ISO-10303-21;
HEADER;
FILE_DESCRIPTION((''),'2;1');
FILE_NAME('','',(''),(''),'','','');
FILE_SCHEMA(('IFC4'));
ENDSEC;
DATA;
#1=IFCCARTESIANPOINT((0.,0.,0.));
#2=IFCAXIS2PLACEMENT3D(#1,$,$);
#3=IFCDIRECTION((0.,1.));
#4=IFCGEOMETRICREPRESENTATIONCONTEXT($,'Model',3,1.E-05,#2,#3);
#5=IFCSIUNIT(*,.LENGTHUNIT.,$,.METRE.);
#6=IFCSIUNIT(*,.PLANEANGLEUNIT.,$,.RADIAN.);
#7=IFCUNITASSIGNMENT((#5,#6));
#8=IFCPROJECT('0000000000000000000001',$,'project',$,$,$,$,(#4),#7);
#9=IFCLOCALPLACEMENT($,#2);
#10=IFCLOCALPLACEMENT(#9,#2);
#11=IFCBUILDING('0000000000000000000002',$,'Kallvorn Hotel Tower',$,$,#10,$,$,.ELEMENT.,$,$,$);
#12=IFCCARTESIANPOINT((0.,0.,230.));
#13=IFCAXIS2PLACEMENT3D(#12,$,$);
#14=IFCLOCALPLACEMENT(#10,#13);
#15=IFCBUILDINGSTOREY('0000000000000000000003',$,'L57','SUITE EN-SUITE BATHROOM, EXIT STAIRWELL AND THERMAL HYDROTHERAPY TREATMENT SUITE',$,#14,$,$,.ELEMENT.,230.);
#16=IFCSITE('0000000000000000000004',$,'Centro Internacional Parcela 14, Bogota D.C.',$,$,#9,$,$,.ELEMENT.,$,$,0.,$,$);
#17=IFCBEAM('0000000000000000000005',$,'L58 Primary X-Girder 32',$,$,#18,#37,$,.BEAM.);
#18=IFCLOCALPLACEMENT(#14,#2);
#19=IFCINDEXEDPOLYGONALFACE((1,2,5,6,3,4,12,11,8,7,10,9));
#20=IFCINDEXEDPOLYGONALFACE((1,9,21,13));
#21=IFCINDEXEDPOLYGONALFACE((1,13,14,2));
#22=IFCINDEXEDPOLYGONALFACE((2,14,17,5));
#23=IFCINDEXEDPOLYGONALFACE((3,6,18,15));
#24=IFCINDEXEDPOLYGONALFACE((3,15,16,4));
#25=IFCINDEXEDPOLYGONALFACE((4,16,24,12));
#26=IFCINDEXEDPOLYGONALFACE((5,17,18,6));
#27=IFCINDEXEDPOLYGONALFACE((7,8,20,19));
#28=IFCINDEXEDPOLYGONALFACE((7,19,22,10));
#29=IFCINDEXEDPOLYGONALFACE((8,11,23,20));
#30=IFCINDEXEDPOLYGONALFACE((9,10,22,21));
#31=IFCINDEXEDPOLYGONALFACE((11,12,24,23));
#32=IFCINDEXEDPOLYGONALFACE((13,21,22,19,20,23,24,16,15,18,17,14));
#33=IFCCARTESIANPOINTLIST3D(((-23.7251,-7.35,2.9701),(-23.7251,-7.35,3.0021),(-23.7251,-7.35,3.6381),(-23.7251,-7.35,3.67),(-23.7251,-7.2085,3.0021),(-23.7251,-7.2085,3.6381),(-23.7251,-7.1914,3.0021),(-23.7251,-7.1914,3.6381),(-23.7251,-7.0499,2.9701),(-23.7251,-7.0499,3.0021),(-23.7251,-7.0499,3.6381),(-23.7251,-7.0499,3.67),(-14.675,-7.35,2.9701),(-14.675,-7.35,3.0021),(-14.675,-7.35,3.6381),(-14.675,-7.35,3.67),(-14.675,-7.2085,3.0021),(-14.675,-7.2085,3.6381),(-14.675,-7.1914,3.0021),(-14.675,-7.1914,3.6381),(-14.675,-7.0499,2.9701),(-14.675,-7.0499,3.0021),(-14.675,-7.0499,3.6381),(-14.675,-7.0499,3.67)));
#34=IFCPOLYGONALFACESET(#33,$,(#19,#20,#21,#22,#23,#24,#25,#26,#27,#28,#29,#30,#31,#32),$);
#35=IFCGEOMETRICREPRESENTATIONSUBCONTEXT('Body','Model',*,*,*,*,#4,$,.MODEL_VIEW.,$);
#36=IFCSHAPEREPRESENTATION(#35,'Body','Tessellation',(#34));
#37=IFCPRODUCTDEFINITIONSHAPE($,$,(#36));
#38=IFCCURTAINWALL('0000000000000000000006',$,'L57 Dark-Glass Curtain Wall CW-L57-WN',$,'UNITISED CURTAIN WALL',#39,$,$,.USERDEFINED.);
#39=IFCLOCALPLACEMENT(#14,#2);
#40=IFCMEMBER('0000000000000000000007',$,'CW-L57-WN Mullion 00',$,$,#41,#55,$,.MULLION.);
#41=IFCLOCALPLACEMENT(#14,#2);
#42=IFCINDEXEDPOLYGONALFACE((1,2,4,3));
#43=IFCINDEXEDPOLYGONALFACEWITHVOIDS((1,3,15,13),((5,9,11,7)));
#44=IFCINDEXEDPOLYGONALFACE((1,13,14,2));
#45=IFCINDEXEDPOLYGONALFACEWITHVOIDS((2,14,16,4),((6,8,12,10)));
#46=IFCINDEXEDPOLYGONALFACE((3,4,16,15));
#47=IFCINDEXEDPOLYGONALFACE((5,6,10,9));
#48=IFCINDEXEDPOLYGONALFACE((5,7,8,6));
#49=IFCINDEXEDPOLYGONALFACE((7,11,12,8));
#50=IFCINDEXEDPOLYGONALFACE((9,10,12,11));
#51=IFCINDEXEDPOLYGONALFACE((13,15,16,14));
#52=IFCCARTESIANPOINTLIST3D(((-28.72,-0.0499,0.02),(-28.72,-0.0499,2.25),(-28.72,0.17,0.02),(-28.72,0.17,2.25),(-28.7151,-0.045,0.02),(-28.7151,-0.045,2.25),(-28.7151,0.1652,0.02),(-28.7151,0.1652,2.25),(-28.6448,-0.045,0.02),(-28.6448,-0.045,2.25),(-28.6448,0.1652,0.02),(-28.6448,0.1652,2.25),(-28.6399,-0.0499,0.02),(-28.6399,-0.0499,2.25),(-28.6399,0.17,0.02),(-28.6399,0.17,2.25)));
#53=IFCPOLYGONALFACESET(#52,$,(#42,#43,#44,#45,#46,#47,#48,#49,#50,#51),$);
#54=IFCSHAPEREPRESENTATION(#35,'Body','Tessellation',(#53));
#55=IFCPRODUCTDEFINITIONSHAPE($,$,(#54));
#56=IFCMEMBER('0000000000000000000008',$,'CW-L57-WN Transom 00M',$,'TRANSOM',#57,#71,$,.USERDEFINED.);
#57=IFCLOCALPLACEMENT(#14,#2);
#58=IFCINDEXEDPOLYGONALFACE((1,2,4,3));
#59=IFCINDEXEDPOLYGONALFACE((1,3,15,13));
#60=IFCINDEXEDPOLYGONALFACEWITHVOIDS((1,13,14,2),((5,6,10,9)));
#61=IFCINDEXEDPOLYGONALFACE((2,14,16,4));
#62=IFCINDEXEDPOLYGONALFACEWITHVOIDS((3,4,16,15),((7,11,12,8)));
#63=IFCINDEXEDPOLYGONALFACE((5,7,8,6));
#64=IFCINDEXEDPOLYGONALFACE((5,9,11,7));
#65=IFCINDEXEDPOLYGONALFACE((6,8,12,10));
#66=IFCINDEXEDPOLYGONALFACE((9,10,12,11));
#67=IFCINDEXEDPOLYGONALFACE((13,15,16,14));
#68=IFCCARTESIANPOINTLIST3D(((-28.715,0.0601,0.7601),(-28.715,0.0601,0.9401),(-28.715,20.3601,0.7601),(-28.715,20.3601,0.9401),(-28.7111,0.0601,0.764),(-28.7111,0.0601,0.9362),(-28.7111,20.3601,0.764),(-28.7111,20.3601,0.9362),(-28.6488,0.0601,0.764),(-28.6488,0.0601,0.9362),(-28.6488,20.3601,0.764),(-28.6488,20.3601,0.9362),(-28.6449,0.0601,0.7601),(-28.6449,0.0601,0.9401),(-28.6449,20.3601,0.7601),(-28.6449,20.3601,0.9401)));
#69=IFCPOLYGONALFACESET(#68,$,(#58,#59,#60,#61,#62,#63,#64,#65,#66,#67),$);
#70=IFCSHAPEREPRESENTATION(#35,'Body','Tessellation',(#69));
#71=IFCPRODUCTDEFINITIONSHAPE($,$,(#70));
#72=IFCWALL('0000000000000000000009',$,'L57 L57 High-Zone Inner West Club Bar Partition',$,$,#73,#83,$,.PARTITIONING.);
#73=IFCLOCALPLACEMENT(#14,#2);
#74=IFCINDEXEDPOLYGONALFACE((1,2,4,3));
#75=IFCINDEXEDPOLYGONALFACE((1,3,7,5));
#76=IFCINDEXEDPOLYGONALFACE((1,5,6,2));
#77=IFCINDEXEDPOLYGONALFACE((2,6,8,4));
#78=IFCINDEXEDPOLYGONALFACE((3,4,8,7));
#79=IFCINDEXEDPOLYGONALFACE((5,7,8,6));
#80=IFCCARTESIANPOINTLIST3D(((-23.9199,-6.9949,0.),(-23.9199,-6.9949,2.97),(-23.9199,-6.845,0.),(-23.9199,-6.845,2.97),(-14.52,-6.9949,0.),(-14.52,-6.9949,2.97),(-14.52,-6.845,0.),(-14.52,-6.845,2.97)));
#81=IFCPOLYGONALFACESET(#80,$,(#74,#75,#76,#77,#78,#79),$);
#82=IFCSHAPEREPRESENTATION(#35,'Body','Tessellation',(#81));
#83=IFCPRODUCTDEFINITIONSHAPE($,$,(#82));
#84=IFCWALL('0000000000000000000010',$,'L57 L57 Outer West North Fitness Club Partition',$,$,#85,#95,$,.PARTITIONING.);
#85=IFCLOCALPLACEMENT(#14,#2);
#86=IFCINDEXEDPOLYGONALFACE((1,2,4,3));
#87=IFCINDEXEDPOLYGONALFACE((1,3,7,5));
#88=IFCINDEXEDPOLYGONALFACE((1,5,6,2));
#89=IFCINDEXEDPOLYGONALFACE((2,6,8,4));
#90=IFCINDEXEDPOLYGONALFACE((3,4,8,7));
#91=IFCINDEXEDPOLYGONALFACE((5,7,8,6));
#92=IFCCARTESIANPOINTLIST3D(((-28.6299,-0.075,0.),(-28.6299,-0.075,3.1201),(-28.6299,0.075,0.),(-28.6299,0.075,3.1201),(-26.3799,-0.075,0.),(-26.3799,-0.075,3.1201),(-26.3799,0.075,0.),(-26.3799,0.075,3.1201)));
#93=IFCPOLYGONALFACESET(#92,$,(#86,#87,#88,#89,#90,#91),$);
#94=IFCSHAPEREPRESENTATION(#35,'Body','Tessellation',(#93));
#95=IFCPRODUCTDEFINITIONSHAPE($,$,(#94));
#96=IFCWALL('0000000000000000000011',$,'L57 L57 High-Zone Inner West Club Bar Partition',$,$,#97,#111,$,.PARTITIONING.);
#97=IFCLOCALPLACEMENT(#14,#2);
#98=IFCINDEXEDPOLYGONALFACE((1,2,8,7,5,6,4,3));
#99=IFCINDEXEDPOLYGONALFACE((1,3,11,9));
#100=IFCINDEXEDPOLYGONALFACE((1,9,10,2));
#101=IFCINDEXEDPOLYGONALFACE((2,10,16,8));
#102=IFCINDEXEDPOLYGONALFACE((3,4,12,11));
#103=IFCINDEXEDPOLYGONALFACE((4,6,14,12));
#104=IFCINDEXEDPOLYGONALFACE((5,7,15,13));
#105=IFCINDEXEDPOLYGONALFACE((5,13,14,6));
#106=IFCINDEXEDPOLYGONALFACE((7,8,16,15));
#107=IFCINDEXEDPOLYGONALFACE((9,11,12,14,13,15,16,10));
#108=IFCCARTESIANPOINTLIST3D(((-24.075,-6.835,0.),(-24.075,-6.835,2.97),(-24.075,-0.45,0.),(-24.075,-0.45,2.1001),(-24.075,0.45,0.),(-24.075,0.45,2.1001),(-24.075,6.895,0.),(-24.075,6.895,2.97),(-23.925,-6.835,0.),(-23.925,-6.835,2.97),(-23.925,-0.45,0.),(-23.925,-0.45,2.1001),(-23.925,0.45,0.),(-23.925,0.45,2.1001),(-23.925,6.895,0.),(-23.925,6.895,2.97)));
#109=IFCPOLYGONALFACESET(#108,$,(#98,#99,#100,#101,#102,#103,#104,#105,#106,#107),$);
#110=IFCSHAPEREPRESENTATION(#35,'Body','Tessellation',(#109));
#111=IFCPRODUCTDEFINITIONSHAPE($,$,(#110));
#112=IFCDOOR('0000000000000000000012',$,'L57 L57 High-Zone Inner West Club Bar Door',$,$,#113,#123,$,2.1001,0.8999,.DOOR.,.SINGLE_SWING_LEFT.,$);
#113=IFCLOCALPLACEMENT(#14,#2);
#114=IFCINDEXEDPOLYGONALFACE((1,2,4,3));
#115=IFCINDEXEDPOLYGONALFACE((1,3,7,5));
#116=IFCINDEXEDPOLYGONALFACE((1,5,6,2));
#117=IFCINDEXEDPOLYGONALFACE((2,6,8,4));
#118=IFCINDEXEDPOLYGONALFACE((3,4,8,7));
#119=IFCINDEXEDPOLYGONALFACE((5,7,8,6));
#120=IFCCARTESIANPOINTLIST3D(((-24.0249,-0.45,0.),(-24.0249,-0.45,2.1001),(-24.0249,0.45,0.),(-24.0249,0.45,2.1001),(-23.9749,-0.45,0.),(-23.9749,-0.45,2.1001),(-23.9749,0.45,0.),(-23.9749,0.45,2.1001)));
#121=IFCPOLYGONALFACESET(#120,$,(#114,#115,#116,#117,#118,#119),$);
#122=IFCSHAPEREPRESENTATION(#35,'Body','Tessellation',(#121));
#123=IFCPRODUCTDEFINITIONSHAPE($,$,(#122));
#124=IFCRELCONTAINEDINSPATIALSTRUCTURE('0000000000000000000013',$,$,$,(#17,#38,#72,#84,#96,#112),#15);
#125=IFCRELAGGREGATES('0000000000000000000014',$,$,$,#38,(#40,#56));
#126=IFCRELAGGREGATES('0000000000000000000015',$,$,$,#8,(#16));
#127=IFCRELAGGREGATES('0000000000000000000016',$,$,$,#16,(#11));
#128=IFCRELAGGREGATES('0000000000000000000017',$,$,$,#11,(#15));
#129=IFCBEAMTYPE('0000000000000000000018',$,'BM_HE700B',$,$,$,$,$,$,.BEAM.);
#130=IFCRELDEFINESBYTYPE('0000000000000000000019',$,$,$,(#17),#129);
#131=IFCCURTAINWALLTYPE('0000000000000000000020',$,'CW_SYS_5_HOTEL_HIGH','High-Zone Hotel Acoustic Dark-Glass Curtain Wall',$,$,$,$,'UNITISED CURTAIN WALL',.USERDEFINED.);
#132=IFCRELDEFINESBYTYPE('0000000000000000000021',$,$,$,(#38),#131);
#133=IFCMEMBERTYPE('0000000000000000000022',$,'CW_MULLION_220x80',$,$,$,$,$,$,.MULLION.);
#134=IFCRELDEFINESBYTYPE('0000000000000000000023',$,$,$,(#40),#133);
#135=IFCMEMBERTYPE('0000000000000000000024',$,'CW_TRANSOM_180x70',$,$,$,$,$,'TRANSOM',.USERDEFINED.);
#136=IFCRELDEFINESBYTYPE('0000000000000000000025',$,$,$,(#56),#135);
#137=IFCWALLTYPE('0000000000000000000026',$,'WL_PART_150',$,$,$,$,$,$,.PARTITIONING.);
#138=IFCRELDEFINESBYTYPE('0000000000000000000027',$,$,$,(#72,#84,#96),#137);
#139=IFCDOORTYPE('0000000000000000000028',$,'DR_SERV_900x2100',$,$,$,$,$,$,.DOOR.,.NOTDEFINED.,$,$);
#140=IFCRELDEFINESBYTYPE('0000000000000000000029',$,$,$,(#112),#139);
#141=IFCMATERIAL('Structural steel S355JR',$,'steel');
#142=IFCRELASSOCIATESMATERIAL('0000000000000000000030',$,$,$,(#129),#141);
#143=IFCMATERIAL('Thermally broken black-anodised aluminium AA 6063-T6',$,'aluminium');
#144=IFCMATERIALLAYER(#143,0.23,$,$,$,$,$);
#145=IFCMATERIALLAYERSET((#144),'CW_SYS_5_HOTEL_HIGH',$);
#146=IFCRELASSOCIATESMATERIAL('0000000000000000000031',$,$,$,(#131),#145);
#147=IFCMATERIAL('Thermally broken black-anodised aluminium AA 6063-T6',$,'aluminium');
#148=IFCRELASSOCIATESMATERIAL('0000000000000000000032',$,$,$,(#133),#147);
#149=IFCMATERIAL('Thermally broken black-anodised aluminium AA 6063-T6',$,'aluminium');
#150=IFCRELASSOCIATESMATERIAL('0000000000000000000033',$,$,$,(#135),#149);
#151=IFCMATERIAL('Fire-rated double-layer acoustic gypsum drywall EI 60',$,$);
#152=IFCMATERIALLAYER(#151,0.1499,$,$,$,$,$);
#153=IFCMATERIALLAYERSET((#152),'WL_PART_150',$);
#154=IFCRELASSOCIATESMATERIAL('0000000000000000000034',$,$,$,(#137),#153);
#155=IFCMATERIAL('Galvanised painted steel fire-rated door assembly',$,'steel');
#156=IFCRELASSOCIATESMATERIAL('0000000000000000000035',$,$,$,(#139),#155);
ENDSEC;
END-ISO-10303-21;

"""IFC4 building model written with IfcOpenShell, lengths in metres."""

from ifc_helpers import new_model, si_unit, direction, frame, frame_2d, origin, origin_2d, place, context, subcontext, project, spatial, rectangle, hollow_rectangle, i_section, extrude, material, layer, layer_set, material_profile, profile_set, type_object, element, fill, aggregate, save


model = new_model("IFC4")

# Units and contexts
model_context = context("Model", 3, precision=1e-05, world=origin(), true_north=direction((0.0, 1.0)))
body_context = subcontext(model_context, "Body", "Model", "MODEL_VIEW")
ifc_project = project(units=[si_unit("LENGTHUNIT", "METRE"), si_unit("PLANEANGLEUNIT", "RADIAN")], contexts=[model_context])

# Site, building, storey
site_placement = place(None, origin())
site = spatial("IfcSite", under=ifc_project, at=site_placement, Name="Centro Internacional Parcela 14, Bogota D.C.", CompositionType="ELEMENT", RefElevation=0.0)
building_placement = place(site_placement, origin())
building = spatial("IfcBuilding", under=site, at=building_placement, Name="Kallvorn Hotel Tower", CompositionType="ELEMENT")
storey_placement = place(building_placement, frame((0.0, 0.0, 230.0)))
storey = spatial("IfcBuildingStorey", under=building, at=storey_placement, Name="L57", Description="SUITE EN-SUITE BATHROOM, EXIT STAIRWELL AND THERMAL HYDROTHERAPY TREATMENT SUITE", CompositionType="ELEMENT", Elevation=230.0)

# Beam
ifc_material_1 = material(Name="Structural steel S355JR", Category="steel")
ifc_material_profile_1 = material_profile(ifc_material_1, i_section(OverallWidth=0.3, OverallDepth=0.7, WebThickness=0.0171, FlangeThickness=0.032, at=origin_2d()), Name="HE 700 B")
ifc_profile_set_1 = profile_set([ifc_material_profile_1], Name="Structural steel S355JR")
beam_type_1 = type_object("IfcBeamType", Name="BM_HE700B", PredefinedType="BEAM", material=ifc_profile_set_1)
beam_1_placement = place(storey_placement, frame((-23.7251, -7.2, 3.3201), z_axis=(1.0, 0.0, 0.0), x_axis=(0.0, 1.0, 0.0)))
element("IfcBeam", 1, at=beam_1_placement, inside=storey, type_object=beam_type_1, Name="L58 Primary X-Girder 32", PredefinedType="BEAM", context=body_context, shape_type="SweptSolid", body=[
    extrude(i_section(OverallWidth=0.3, OverallDepth=0.7, WebThickness=0.0171, FlangeThickness=0.032, at=origin_2d()), origin(), (0.0, 0.0, 1.0), 9.05),
])

# Curtain wall, members
ifc_material_2 = material(Name="Thermally broken black-anodised aluminium AA 6063-T6", Category="aluminium")
ifc_layer_1 = layer(ifc_material_2, 0.23)
ifc_layer_set_1 = layer_set([ifc_layer_1], Name="CW_SYS_5_HOTEL_HIGH")
curtain_wall_type = type_object("IfcCurtainWallType", Name="CW_SYS_5_HOTEL_HIGH", Description="High-Zone Hotel Acoustic Dark-Glass Curtain Wall", ElementType="UNITISED CURTAIN WALL", PredefinedType="USERDEFINED", material=ifc_layer_set_1)
curtain_wall_placement = place(storey_placement, origin())
curtain_wall = element("IfcCurtainWall", 2, at=curtain_wall_placement, inside=storey, type_object=curtain_wall_type, Name="L57 Dark-Glass Curtain Wall CW-L57-WN", ObjectType="UNITISED CURTAIN WALL", PredefinedType="USERDEFINED")
ifc_material_3 = material(Name="Thermally broken black-anodised aluminium AA 6063-T6", Category="aluminium")
ifc_material_profile_2 = material_profile(ifc_material_3, hollow_rectangle(XDim=0.0801, YDim=0.22, WallThickness=0.0049, at=origin_2d()), Name="MUL 220x80")
ifc_profile_set_2 = profile_set([ifc_material_profile_2], Name="Thermally broken black-anodised aluminium AA 6063-T6")
member_type_1 = type_object("IfcMemberType", Name="CW_MULLION_220x80", PredefinedType="MULLION", material=ifc_profile_set_2)
member_1_placement = place(storey_placement, frame((-28.6799, 0.0601, 0.02), z_axis=(0.0, 0.0, 1.0), x_axis=(1.0, 0.0, 0.0)))
member_1 = element("IfcMember", 3, at=member_1_placement, type_object=member_type_1, Name="CW-L57-WN Mullion 00", PredefinedType="MULLION", context=body_context, shape_type="SweptSolid", body=[
    extrude(hollow_rectangle(XDim=0.0801, YDim=0.22, WallThickness=0.0049, at=origin_2d()), origin(), (0.0, 0.0, 1.0), 2.23),
])
ifc_material_4 = material(Name="Thermally broken black-anodised aluminium AA 6063-T6", Category="aluminium")
ifc_material_profile_3 = material_profile(ifc_material_4, hollow_rectangle(XDim=0.0701, YDim=0.1799, WallThickness=0.0039, at=origin_2d()), Name="TRN 180x70")
ifc_profile_set_3 = profile_set([ifc_material_profile_3], Name="Thermally broken black-anodised aluminium AA 6063-T6")
member_type_2 = type_object("IfcMemberType", Name="CW_TRANSOM_180x70", ElementType="TRANSOM", PredefinedType="USERDEFINED", material=ifc_profile_set_3)
member_2_placement = place(storey_placement, frame((-28.6799, 0.0601, 0.8501), z_axis=(0.0, 1.0, 0.0), x_axis=(-1.0, 0.0, 0.0)))
member_2 = element("IfcMember", 4, at=member_2_placement, type_object=member_type_2, Name="CW-L57-WN Transom 00M", ObjectType="TRANSOM", PredefinedType="USERDEFINED", context=body_context, shape_type="SweptSolid", body=[
    extrude(hollow_rectangle(XDim=0.0701, YDim=0.1799, WallThickness=0.0039, at=origin_2d()), origin(), (0.0, 0.0, 1.0), 20.3),
])
aggregate(curtain_wall, [member_1, member_2])

# Walls
ifc_material_5 = material(Name="Fire-rated double-layer acoustic gypsum drywall EI 60")
ifc_layer_2 = layer(ifc_material_5, 0.1499)
ifc_layer_set_2 = layer_set([ifc_layer_2], Name="WL_PART_150")
wall_type = type_object("IfcWallType", Name="WL_PART_150", PredefinedType="PARTITIONING", material=ifc_layer_set_2)
wall_1_placement = place(storey_placement, frame((-23.9199, -6.9199, 0.0), z_axis=(0.0, 0.0, 1.0), x_axis=(1.0, 0.0, 0.0)))
element("IfcWall", 5, at=wall_1_placement, inside=storey, type_object=wall_type, Name="L57 L57 High-Zone Inner West Club Bar Partition", PredefinedType="PARTITIONING", context=body_context, shape_type="SweptSolid", body=[
    extrude(rectangle(XDim=9.3999, YDim=0.1499, at=frame_2d((4.7, 0.0))), origin(), (0.0, 0.0, 1.0), 2.97),
])
wall_2_placement = place(storey_placement, frame((-28.6299, 0.0, 0.0), z_axis=(0.0, 0.0, 1.0), x_axis=(1.0, 0.0, 0.0)))
element("IfcWall", 6, at=wall_2_placement, inside=storey, type_object=wall_type, Name="L57 L57 Outer West North Fitness Club Partition", PredefinedType="PARTITIONING", context=body_context, shape_type="SweptSolid", body=[
    extrude(rectangle(XDim=2.25, YDim=0.1499, at=frame_2d((1.125, 0.0))), origin(), (0.0, 0.0, 1.0), 3.1201),
])

# Wall, opening, door
wall_3_placement = place(storey_placement, frame((-24.0, -6.835, 0.0), z_axis=(0.0, 0.0, 1.0), x_axis=(0.0, 1.0, 0.0)))
wall_3 = element("IfcWall", 7, at=wall_3_placement, inside=storey, type_object=wall_type, Name="L57 L57 High-Zone Inner West Club Bar Partition", PredefinedType="PARTITIONING", context=body_context, shape_type="SweptSolid", body=[
    extrude(rectangle(XDim=13.73, YDim=0.1499, at=frame_2d((6.865, 0.0))), origin(), (0.0, 0.0, 1.0), 2.97),
])
opening_placement = place(wall_3_placement, frame((6.385, 0.0, 0.0)))
opening = element("IfcOpeningElement", 8, at=opening_placement, cuts=wall_3, PredefinedType="OPENING", context=body_context, shape_type="SweptSolid", body=[
    extrude(rectangle(XDim=0.8999, YDim=2.1001, at=frame_2d((0.45, 1.05))), frame((0.0, 0.0898, 0.0), z_axis=(0.0, -1.0, 0.0), x_axis=(1.0, 0.0, 0.0)), (0.0, 0.0, 1.0), 0.1799),
])
ifc_material_6 = material(Name="Galvanised painted steel fire-rated door assembly", Category="steel")
door_type = type_object("IfcDoorType", Name="DR_SERV_900x2100", OperationType="NOTDEFINED", PredefinedType="DOOR", material=ifc_material_6)
door_placement = place(opening_placement, origin())
door = element("IfcDoor", 9, at=door_placement, inside=storey, type_object=door_type, Name="L57 L57 High-Zone Inner West Club Bar Door", OperationType="SINGLE_SWING_LEFT", OverallHeight=2.1001, OverallWidth=0.8999, PredefinedType="DOOR", context=body_context, shape_type="SweptSolid", body=[
    extrude(rectangle(XDim=0.8999, YDim=2.1001, at=frame_2d((0.45, 1.05))), frame((0.0, 0.0249, 0.0), z_axis=(0.0, -1.0, 0.0), x_axis=(1.0, 0.0, 0.0)), (0.0, 0.0, 1.0), 0.05),
])
fill(opening, door)

save(model, "model.ifc")
